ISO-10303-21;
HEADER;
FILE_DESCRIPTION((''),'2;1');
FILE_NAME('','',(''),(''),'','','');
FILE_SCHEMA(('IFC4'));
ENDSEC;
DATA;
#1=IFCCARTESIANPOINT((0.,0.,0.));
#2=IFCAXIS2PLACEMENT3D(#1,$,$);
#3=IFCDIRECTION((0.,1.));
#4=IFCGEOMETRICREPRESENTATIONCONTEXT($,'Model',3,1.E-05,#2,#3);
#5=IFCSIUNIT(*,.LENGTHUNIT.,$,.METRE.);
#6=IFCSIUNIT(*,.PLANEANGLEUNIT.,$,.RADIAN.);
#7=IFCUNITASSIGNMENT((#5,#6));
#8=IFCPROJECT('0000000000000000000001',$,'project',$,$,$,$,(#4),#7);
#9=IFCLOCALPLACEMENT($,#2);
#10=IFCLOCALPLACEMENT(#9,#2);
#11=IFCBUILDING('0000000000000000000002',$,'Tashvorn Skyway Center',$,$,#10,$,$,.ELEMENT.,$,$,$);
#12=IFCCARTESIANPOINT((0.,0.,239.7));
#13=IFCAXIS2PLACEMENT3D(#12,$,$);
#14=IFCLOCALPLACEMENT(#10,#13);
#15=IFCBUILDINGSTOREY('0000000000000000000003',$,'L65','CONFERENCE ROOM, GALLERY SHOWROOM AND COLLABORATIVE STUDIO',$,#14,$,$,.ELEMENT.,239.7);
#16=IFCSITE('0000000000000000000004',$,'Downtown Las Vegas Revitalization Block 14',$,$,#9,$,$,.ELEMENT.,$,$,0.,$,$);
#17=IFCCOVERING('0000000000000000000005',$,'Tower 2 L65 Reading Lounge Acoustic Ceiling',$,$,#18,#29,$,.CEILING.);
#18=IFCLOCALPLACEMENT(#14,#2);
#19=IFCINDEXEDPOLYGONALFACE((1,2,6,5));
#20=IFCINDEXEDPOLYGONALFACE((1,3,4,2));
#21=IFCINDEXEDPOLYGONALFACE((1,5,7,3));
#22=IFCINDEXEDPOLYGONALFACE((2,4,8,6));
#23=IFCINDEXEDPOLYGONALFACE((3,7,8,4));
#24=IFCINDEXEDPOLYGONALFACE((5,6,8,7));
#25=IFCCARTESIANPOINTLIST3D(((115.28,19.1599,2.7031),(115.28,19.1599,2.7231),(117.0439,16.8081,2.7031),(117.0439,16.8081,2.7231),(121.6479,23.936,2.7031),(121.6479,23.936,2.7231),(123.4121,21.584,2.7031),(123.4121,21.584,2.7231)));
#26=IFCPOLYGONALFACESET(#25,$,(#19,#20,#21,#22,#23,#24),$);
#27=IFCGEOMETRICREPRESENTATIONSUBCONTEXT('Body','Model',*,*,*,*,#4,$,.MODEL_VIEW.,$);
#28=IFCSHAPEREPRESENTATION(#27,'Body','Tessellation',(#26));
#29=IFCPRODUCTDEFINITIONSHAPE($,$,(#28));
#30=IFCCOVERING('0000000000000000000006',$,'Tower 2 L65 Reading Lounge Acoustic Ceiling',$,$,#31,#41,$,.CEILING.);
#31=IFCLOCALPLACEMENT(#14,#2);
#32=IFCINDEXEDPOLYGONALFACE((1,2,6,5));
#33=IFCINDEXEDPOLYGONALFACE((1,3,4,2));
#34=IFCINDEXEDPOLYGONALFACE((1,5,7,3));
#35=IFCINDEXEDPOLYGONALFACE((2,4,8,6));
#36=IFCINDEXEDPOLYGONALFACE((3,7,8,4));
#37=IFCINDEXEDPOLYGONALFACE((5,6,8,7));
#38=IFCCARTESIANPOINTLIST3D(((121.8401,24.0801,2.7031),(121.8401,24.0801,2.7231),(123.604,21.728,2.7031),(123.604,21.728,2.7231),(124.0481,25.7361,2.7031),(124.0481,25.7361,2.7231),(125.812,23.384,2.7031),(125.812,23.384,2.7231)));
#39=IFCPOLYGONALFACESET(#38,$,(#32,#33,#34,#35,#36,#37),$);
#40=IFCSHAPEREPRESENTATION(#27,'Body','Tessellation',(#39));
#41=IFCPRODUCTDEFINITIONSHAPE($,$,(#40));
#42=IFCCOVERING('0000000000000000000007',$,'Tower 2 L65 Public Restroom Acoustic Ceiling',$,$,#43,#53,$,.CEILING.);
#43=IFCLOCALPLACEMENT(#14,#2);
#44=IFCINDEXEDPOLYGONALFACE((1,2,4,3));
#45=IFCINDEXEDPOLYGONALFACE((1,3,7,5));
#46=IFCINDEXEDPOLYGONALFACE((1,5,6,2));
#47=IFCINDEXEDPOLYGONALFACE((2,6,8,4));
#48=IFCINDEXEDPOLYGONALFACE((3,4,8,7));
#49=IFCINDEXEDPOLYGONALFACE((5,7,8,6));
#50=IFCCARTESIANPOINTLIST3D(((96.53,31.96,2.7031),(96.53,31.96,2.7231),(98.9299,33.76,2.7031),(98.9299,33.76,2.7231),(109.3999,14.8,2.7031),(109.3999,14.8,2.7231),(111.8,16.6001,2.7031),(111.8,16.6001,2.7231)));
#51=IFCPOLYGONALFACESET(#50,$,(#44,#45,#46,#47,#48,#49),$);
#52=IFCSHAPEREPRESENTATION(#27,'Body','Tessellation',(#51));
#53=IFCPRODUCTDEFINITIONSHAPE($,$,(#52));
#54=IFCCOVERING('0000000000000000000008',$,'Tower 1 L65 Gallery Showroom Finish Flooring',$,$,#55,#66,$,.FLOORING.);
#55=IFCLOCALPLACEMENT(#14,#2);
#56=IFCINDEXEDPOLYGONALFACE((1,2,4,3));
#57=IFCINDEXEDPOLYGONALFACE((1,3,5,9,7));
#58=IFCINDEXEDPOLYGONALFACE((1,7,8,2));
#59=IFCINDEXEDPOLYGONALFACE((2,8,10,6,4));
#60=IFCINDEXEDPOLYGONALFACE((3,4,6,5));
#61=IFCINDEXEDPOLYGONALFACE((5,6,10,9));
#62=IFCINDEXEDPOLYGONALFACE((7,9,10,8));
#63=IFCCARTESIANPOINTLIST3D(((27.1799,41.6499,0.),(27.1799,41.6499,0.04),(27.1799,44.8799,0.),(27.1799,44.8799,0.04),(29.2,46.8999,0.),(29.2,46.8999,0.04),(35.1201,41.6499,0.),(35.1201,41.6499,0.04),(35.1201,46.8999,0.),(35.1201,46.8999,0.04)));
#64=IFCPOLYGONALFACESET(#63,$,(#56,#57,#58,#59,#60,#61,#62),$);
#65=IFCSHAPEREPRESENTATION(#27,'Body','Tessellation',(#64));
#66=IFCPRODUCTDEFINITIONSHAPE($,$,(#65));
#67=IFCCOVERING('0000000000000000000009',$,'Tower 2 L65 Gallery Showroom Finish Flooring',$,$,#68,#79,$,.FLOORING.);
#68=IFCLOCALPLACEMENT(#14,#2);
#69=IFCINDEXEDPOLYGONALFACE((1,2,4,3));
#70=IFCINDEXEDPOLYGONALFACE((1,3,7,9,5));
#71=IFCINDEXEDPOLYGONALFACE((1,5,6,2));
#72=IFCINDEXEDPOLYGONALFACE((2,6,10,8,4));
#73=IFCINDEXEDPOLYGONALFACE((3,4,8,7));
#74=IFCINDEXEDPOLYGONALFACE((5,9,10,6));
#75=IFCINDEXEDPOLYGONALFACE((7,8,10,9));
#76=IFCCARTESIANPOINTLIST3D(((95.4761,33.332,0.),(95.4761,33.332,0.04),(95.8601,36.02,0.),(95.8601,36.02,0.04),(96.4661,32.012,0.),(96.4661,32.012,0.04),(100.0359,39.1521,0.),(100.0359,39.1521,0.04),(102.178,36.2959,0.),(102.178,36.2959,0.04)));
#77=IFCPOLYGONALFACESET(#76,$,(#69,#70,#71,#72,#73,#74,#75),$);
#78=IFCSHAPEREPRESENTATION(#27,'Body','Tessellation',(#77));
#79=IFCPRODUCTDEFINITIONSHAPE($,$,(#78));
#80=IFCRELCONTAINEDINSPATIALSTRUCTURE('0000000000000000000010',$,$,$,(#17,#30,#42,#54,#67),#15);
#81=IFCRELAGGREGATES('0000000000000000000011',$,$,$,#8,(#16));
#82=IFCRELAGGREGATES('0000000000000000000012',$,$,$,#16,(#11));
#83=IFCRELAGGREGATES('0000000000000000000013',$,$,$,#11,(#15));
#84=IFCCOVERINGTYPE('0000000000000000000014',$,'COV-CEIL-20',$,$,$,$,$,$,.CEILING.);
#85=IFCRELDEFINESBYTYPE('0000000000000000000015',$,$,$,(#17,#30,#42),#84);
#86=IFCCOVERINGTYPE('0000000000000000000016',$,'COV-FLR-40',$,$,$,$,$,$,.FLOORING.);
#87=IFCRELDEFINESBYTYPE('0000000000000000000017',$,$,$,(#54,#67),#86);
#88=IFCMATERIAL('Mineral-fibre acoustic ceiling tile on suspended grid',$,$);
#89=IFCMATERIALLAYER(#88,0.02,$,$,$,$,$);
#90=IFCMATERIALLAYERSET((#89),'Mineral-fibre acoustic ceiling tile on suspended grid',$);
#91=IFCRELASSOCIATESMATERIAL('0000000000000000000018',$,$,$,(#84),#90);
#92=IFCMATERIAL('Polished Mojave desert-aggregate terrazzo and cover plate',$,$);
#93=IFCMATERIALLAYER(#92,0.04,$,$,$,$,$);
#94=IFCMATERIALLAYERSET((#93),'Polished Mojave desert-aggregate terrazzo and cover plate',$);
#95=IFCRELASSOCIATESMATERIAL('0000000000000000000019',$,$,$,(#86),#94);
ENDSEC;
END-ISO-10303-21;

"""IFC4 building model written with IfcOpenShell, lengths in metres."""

from ifc_helpers import new_model, si_unit, direction, frame, origin, place, context, subcontext, project, spatial, polyline, outline, extrude, material, layer, layer_set, type_object, element, save


model = new_model("IFC4")

# Units and contexts
model_context = context("Model", 3, precision=1e-05, world=origin(), true_north=direction((0.0, 1.0)))
body_context = subcontext(model_context, "Body", "Model", "MODEL_VIEW")
ifc_project = project(units=[si_unit("LENGTHUNIT", "METRE"), si_unit("PLANEANGLEUNIT", "RADIAN")], contexts=[model_context])

# Site, building, storey
site_placement = place(None, origin())
site = spatial("IfcSite", under=ifc_project, at=site_placement, Name="Downtown Las Vegas Revitalization Block 14", CompositionType="ELEMENT", RefElevation=0.0)
building_placement = place(site_placement, origin())
building = spatial("IfcBuilding", under=site, at=building_placement, Name="Tashvorn Skyway Center", CompositionType="ELEMENT")
storey_placement = place(building_placement, frame((0.0, 0.0, 239.7)))
storey = spatial("IfcBuildingStorey", under=building, at=storey_placement, Name="L65", Description="CONFERENCE ROOM, GALLERY SHOWROOM AND COLLABORATIVE STUDIO", CompositionType="ELEMENT", Elevation=239.7)

# Coverings
ifc_material_1 = material(Name="Mineral-fibre acoustic ceiling tile on suspended grid")
ifc_layer_1 = layer(ifc_material_1, 0.02)
ifc_layer_set_1 = layer_set([ifc_layer_1], Name="Mineral-fibre acoustic ceiling tile on suspended grid")
covering_type_1 = type_object("IfcCoveringType", Name="COV-CEIL-20", PredefinedType="CEILING", material=ifc_layer_set_1)
covering_1_placement = place(storey_placement, frame((0.0, 0.0, 2.7031)))
element("IfcCovering", 1, at=covering_1_placement, inside=storey, type_object=covering_type_1, Name="Tower 2 L65 Reading Lounge Acoustic Ceiling", PredefinedType="CEILING", context=body_context, shape_type="SweptSolid", body=[
    extrude(outline(polyline([(115.28, 19.1599), (121.6479, 23.936), (123.4121, 21.584), (117.0439, 16.8081), (115.28, 19.1599)])), origin(), (0.0, 0.0, 1.0), 0.02),
])
covering_2_placement = place(storey_placement, frame((0.0, 0.0, 2.7031)))
element("IfcCovering", 2, at=covering_2_placement, inside=storey, type_object=covering_type_1, Name="Tower 2 L65 Reading Lounge Acoustic Ceiling", PredefinedType="CEILING", context=body_context, shape_type="SweptSolid", body=[
    extrude(outline(polyline([(121.8401, 24.0801), (124.0481, 25.7361), (125.812, 23.384), (123.604, 21.728), (121.8401, 24.0801)])), origin(), (0.0, 0.0, 1.0), 0.02),
])
covering_3_placement = place(storey_placement, frame((0.0, 0.0, 2.7031)))
element("IfcCovering", 3, at=covering_3_placement, inside=storey, type_object=covering_type_1, Name="Tower 2 L65 Public Restroom Acoustic Ceiling", PredefinedType="CEILING", context=body_context, shape_type="SweptSolid", body=[
    extrude(outline(polyline([(109.3999, 14.8), (111.8, 16.6001), (98.9299, 33.76), (96.53, 31.96), (109.3999, 14.8)])), origin(), (0.0, 0.0, 1.0), 0.02),
])
ifc_material_2 = material(Name="Polished Mojave desert-aggregate terrazzo and cover plate")
ifc_layer_2 = layer(ifc_material_2, 0.04)
ifc_layer_set_2 = layer_set([ifc_layer_2], Name="Polished Mojave desert-aggregate terrazzo and cover plate")
covering_type_2 = type_object("IfcCoveringType", Name="COV-FLR-40", PredefinedType="FLOORING", material=ifc_layer_set_2)
covering_4_placement = place(storey_placement, origin())
element("IfcCovering", 4, at=covering_4_placement, inside=storey, type_object=covering_type_2, Name="Tower 1 L65 Gallery Showroom Finish Flooring", PredefinedType="FLOORING", context=body_context, shape_type="SweptSolid", body=[
    extrude(outline(polyline([(35.1201, 41.6499), (27.1799, 41.6499), (27.1799, 44.8799), (29.2, 46.8999), (35.1201, 46.8999), (35.1201, 41.6499)])), origin(), (0.0, 0.0, 1.0), 0.04),
])
covering_5_placement = place(storey_placement, origin())
element("IfcCovering", 5, at=covering_5_placement, inside=storey, type_object=covering_type_2, Name="Tower 2 L65 Gallery Showroom Finish Flooring", PredefinedType="FLOORING", context=body_context, shape_type="SweptSolid", body=[
    extrude(outline(polyline([(102.178, 36.2959), (96.4661, 32.012), (95.4761, 33.332), (95.8601, 36.02), (100.0359, 39.1521), (102.178, 36.2959)])), origin(), (0.0, 0.0, 1.0), 0.04),
])

save(model, "model.ifc")
